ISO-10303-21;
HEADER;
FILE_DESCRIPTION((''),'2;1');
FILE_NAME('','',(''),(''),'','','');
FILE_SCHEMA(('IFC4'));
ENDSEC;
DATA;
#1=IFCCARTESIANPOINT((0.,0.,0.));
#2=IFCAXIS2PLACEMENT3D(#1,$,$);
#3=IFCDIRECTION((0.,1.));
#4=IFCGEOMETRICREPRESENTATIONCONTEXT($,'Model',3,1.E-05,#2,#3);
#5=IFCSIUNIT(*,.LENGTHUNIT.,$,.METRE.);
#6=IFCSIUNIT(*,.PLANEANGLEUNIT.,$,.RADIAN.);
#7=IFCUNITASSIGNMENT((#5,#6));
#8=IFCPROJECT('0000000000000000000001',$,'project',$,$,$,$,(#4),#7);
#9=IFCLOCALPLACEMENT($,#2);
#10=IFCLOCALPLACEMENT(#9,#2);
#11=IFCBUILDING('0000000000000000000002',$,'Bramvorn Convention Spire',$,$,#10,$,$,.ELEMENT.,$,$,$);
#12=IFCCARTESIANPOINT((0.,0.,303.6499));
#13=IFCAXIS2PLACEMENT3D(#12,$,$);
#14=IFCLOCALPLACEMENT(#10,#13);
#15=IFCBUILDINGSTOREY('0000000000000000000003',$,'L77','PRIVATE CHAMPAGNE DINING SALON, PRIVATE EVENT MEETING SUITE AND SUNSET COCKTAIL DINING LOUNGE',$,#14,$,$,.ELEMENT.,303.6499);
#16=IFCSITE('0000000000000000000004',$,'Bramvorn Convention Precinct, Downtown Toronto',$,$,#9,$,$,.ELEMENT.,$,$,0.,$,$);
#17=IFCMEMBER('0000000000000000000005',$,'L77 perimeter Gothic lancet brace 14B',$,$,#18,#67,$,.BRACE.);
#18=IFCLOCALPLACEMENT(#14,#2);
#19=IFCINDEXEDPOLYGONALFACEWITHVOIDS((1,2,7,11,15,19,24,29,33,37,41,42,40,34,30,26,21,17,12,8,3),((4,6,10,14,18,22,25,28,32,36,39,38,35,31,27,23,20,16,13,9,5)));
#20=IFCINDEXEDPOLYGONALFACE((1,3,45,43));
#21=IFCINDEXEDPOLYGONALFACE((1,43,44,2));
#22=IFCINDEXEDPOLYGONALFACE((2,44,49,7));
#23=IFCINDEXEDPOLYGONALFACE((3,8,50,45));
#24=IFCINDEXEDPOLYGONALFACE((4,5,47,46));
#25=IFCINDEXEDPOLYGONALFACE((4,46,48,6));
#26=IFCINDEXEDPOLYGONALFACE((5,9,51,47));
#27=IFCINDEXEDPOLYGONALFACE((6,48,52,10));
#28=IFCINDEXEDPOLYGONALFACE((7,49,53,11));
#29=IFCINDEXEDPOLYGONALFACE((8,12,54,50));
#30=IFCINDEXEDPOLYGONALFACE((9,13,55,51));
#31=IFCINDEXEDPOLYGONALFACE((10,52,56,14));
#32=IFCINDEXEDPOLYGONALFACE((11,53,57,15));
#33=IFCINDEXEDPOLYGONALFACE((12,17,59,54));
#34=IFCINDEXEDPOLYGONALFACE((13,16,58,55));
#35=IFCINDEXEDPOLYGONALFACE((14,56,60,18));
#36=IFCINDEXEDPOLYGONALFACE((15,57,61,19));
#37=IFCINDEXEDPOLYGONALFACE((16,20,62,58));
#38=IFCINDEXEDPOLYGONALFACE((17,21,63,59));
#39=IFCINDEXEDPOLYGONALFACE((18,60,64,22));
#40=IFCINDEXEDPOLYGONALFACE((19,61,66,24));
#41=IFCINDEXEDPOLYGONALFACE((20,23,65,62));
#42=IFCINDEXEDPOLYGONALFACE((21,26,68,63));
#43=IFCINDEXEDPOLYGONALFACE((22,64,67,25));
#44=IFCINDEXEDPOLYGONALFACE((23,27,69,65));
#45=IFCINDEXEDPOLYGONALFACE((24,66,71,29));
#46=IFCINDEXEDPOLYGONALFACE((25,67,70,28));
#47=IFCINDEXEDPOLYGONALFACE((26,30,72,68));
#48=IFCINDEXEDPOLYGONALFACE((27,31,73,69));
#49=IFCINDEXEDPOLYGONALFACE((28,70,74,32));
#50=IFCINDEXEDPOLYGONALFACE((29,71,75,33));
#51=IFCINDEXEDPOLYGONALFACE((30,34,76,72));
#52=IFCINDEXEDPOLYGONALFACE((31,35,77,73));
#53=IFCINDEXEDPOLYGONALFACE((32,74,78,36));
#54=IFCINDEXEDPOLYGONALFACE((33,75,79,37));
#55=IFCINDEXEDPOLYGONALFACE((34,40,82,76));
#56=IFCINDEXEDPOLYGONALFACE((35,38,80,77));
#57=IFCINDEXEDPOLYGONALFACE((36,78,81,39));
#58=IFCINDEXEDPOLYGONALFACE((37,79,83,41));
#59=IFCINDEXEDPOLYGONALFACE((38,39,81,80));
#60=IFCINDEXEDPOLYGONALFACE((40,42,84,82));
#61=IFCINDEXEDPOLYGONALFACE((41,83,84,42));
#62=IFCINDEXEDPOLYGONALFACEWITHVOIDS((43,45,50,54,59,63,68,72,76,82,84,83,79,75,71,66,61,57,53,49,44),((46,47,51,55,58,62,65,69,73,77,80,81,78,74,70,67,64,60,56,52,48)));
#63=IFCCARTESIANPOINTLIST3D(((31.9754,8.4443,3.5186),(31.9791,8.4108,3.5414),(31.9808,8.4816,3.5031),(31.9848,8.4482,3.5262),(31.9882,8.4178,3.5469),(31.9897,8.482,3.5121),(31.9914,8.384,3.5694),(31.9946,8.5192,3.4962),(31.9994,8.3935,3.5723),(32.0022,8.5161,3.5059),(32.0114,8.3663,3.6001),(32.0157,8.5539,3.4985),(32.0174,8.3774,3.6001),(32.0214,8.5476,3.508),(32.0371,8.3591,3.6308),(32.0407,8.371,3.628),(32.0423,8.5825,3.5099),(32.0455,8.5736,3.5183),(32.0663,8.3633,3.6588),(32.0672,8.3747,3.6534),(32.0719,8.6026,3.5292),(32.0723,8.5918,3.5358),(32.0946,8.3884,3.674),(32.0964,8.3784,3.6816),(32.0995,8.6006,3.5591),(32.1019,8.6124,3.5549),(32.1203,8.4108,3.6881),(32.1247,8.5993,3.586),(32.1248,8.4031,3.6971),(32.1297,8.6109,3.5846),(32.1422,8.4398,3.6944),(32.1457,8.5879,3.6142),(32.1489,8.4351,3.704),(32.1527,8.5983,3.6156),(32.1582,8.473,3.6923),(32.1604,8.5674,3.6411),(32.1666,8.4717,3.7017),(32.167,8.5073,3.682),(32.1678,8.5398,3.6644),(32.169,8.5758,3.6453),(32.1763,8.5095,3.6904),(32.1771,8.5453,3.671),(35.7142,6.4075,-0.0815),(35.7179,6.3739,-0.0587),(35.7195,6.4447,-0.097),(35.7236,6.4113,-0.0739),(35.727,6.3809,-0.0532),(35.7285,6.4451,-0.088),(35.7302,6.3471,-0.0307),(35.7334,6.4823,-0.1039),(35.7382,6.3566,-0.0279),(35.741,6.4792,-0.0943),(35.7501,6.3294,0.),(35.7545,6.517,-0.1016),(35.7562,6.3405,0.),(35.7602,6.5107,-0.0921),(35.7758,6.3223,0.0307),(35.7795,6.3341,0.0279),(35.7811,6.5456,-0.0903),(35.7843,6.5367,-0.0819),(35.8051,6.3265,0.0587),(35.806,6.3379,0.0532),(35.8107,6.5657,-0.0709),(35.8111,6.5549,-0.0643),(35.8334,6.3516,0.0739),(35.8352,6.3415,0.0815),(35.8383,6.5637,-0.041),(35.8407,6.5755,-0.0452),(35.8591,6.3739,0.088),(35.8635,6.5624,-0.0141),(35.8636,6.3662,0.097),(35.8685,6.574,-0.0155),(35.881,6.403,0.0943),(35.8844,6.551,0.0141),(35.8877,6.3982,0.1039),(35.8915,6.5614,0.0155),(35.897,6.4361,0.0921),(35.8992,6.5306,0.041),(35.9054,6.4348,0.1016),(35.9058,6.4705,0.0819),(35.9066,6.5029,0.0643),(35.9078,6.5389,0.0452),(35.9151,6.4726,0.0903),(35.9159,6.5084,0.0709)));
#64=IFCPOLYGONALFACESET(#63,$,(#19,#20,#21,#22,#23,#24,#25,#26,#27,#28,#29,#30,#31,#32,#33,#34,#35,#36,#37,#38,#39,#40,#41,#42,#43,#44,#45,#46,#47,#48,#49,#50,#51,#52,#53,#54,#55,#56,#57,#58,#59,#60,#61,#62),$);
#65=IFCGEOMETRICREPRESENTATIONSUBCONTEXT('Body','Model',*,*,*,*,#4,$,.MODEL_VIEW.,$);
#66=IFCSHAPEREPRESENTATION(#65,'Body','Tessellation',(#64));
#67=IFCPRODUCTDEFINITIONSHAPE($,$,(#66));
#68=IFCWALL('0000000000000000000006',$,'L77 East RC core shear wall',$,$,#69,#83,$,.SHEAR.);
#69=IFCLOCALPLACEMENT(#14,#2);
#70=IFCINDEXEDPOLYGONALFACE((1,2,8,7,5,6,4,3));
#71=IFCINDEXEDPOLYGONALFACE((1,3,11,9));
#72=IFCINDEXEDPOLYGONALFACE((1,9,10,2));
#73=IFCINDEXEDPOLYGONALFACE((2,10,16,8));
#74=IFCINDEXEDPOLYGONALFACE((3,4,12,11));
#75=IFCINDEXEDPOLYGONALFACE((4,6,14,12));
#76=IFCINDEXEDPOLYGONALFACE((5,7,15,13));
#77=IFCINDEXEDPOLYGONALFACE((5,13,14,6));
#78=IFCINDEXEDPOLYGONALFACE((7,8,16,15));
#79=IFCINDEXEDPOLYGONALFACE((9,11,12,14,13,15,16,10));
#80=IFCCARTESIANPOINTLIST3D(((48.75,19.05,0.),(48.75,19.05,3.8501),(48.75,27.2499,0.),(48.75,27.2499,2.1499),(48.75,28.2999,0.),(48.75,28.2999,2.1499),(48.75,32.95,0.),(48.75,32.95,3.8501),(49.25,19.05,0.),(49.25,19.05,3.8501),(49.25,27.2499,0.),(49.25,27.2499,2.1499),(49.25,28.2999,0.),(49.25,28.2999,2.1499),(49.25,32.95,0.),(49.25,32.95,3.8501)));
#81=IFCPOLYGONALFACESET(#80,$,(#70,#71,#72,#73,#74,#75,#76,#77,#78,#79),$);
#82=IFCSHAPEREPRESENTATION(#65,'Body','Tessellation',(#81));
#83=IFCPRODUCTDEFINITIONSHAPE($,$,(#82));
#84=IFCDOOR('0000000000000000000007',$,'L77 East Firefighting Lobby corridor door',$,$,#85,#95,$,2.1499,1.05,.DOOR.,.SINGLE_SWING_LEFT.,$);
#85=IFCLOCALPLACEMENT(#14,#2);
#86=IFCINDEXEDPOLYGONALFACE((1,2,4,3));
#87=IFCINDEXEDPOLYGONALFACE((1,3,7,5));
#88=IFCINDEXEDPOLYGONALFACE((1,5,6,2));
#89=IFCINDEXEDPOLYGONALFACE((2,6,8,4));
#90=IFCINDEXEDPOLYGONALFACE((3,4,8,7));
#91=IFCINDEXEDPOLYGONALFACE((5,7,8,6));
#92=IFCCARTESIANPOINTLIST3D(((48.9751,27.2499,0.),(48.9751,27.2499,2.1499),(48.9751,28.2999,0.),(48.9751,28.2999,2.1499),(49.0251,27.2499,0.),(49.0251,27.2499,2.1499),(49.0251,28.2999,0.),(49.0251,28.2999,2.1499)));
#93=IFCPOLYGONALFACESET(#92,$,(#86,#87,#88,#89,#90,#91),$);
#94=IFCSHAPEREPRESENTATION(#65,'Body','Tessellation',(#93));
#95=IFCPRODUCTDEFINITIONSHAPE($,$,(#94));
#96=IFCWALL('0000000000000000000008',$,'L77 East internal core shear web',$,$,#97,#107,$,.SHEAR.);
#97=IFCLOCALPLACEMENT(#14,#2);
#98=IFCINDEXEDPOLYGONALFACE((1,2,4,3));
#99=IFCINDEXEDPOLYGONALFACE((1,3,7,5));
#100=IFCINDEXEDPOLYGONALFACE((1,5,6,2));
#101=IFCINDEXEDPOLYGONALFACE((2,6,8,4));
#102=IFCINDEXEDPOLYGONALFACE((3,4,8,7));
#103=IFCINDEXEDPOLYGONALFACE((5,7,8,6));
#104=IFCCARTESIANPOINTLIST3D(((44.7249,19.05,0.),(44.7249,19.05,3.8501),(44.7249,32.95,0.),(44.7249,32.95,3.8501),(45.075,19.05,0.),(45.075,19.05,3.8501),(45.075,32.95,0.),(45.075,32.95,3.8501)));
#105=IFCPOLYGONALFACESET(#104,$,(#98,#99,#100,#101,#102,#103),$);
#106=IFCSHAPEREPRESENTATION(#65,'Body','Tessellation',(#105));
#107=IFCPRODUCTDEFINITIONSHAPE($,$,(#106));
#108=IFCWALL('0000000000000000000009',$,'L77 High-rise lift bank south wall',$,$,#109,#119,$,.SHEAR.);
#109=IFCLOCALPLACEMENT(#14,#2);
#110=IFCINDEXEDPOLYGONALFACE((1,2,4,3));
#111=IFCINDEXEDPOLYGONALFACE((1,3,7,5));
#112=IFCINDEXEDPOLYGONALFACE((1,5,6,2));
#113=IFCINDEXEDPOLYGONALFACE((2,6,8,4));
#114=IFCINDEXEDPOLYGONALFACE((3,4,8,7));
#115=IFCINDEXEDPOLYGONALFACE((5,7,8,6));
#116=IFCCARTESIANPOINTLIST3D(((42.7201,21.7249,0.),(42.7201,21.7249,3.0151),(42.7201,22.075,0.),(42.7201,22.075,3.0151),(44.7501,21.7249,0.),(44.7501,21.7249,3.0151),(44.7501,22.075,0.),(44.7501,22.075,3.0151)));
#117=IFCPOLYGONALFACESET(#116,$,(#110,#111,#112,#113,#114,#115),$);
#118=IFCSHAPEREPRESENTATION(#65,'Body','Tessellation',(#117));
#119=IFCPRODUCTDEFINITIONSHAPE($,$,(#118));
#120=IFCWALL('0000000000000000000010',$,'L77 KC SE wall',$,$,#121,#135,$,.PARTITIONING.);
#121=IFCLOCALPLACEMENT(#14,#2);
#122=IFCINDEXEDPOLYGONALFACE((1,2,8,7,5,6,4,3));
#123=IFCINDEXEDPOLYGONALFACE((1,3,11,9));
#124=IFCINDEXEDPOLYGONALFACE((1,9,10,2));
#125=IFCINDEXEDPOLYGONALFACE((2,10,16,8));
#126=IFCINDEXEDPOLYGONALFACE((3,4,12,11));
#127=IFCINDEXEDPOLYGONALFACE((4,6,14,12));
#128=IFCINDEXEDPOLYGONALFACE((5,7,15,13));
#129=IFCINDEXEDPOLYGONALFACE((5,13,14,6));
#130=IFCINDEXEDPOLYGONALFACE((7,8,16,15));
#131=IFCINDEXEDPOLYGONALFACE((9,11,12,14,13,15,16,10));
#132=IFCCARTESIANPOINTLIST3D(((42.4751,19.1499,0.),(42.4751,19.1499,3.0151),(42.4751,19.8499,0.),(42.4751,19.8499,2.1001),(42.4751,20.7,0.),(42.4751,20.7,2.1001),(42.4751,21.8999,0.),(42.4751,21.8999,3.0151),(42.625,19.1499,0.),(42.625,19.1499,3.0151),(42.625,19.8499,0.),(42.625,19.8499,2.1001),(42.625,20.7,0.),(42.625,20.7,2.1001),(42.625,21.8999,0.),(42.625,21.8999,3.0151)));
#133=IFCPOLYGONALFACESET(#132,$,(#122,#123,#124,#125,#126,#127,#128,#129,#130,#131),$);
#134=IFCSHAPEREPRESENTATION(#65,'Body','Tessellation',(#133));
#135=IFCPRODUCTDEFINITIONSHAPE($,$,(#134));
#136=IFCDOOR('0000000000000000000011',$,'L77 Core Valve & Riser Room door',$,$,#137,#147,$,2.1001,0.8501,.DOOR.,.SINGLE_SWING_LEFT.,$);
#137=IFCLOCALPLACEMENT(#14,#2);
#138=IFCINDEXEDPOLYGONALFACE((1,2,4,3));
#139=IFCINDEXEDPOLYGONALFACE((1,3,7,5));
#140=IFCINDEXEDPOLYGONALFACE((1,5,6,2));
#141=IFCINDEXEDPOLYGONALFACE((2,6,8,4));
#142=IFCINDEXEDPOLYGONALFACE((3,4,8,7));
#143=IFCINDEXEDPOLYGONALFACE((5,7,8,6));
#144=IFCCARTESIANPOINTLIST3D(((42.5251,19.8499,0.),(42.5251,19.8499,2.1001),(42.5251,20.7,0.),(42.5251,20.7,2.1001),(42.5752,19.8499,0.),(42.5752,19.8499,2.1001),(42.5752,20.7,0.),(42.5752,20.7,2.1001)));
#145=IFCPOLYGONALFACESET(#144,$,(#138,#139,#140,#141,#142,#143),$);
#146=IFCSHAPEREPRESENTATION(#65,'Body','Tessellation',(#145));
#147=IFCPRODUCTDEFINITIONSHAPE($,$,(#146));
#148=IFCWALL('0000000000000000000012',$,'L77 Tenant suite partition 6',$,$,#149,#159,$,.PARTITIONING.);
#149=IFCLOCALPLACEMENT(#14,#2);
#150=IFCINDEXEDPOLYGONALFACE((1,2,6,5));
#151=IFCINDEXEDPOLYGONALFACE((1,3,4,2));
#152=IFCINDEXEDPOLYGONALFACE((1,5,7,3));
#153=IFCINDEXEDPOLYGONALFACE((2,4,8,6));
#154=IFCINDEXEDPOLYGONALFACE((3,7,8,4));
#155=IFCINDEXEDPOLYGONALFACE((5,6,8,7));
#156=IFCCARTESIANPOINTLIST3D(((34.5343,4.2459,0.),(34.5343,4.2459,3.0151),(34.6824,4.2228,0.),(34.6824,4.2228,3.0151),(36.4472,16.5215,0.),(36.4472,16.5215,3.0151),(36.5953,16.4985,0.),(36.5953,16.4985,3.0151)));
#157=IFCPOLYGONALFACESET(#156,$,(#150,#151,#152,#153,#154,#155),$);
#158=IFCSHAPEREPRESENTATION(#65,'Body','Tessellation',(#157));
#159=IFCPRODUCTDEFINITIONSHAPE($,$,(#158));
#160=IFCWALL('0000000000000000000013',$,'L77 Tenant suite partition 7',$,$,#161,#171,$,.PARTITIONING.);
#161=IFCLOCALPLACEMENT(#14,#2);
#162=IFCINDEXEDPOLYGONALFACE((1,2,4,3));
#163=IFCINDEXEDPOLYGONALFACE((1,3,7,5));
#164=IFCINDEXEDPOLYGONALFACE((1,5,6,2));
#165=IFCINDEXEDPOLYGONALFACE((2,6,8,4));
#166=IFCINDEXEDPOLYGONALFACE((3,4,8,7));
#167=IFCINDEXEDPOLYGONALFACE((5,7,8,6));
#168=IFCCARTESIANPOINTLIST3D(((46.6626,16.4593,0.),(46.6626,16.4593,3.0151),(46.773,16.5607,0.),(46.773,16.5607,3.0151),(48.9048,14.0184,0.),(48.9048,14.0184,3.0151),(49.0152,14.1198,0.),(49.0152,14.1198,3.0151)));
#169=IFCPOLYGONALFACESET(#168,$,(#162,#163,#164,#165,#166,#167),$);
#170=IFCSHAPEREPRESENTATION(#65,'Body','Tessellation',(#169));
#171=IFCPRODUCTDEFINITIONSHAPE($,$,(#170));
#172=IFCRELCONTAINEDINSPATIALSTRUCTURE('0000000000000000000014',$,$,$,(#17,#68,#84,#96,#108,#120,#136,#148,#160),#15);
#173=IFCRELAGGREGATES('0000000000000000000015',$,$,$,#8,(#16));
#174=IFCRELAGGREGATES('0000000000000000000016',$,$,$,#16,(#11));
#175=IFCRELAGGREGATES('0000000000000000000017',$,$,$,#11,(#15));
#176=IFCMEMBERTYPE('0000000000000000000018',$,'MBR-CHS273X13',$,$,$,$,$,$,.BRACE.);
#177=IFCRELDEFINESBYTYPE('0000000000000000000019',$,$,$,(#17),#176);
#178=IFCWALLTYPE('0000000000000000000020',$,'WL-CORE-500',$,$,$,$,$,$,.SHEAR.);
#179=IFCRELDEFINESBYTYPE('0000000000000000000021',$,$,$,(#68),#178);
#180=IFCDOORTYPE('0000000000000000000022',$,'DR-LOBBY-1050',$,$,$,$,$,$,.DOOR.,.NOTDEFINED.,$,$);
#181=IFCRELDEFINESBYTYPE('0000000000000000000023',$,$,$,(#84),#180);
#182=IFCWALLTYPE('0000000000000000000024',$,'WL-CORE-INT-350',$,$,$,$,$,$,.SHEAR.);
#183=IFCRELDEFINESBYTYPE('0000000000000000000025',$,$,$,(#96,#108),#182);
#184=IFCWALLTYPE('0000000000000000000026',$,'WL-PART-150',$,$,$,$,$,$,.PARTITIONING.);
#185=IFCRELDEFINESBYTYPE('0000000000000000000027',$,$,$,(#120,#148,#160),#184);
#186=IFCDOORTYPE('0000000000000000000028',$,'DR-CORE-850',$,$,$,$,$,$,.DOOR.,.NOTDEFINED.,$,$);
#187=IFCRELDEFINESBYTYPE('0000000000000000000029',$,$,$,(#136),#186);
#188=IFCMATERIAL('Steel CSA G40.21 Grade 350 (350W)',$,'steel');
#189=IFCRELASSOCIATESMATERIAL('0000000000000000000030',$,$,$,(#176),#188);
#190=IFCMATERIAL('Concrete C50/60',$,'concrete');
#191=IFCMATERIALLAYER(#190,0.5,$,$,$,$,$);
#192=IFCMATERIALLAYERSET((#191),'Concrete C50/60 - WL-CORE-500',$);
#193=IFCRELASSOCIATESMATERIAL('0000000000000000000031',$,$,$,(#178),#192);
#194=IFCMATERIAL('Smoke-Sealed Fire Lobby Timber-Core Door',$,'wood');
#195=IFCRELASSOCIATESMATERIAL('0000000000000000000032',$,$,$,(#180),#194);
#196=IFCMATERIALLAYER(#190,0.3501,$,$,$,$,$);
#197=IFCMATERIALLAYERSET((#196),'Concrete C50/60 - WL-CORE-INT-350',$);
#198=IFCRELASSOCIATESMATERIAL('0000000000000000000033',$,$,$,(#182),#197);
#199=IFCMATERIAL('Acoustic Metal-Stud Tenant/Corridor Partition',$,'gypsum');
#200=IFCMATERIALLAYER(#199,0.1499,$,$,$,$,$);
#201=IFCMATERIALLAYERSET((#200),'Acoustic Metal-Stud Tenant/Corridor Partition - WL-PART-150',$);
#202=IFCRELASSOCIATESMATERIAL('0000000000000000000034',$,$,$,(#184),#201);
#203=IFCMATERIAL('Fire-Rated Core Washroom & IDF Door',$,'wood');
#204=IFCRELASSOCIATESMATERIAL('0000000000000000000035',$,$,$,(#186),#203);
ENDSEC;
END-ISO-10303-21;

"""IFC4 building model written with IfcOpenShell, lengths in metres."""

from ifc_helpers import new_model, si_unit, direction, frame, frame_2d, origin, origin_2d, place, context, subcontext, project, spatial, rectangle, hollow_circle, extrude, material, layer, layer_set, material_profile, profile_set, type_object, element, fill, save


model = new_model("IFC4")

# Units and contexts
model_context = context("Model", 3, precision=1e-05, world=origin(), true_north=direction((0.0, 1.0)))
body_context = subcontext(model_context, "Body", "Model", "MODEL_VIEW")
ifc_project = project(units=[si_unit("LENGTHUNIT", "METRE"), si_unit("PLANEANGLEUNIT", "RADIAN")], contexts=[model_context])

# Site, building, storey
site_placement = place(None, origin())
site = spatial("IfcSite", under=ifc_project, at=site_placement, Name="Bramvorn Convention Precinct, Downtown Toronto", CompositionType="ELEMENT", RefElevation=0.0)
building_placement = place(site_placement, origin())
building = spatial("IfcBuilding", under=site, at=building_placement, Name="Bramvorn Convention Spire", CompositionType="ELEMENT")
storey_placement = place(building_placement, frame((0.0, 0.0, 303.6499)))
storey = spatial("IfcBuildingStorey", under=building, at=storey_placement, Name="L77", Description="PRIVATE CHAMPAGNE DINING SALON, PRIVATE EVENT MEETING SUITE AND SUNSET COCKTAIL DINING LOUNGE", CompositionType="ELEMENT", Elevation=303.6499)

# Shared definitions
ifc_material_1 = material(Name="Steel CSA G40.21 Grade 350 (350W)", Category="steel")

# Member
ifc_material_profile_1 = material_profile(ifc_material_1, hollow_circle(Radius=0.1365, WallThickness=0.0127, at=origin_2d()))
ifc_profile_set_1 = profile_set([ifc_material_profile_1], Name="Steel CSA G40.21 Grade 350 (350W) - CHS273X13")
member_type = type_object("IfcMemberType", Name="MBR-CHS273X13", PredefinedType="BRACE", material=ifc_profile_set_1)
member_placement = place(storey_placement, frame((35.8154, 6.4492, 0.0), z_axis=(-0.670553, 0.365314, 0.645682), x_axis=(-0.478406, -0.878139, 0.0)))
element("IfcMember", 1, at=member_placement, inside=storey, type_object=member_type, Name="L77 perimeter Gothic lancet brace 14B", PredefinedType="BRACE", context=body_context, shape_type="SweptSolid", body=[
    extrude(hollow_circle(Radius=0.1365, WallThickness=0.0127, at=origin_2d()), origin(), (0.0, 0.0, 1.0), 5.5757),
])

# Wall, opening, door
ifc_material_2 = material(Name="Concrete C50/60", Category="concrete")
ifc_layer_1 = layer(ifc_material_2, 0.5)
ifc_layer_set_1 = layer_set([ifc_layer_1], Name="Concrete C50/60 - WL-CORE-500")
wall_type_1 = type_object("IfcWallType", Name="WL-CORE-500", PredefinedType="SHEAR", material=ifc_layer_set_1)
wall_1_placement = place(storey_placement, frame((49.0, 19.05, 0.0), z_axis=(0.0, 0.0, 1.0), x_axis=(0.0, 1.0, 0.0)))
wall_1 = element("IfcWall", 2, at=wall_1_placement, inside=storey, type_object=wall_type_1, Name="L77 East RC core shear wall", PredefinedType="SHEAR", context=body_context, shape_type="SweptSolid", body=[
    extrude(rectangle(XDim=13.8999, YDim=0.5, at=frame_2d((6.95, 0.0))), origin(), (0.0, 0.0, 1.0), 3.8501),
])
opening_1_placement = place(wall_1_placement, frame((8.2, 0.0, 0.0)))
opening_1 = element("IfcOpeningElement", 3, at=opening_1_placement, cuts=wall_1, PredefinedType="OPENING", context=body_context, shape_type="SweptSolid", body=[
    extrude(rectangle(XDim=1.05, YDim=2.1499, at=frame_2d((0.5249, 1.075))), frame((0.0, 0.26, 0.0), z_axis=(0.0, -1.0, 0.0), x_axis=(1.0, 0.0, 0.0)), (0.0, 0.0, 1.0), 0.52),
])
ifc_material_3 = material(Name="Smoke-Sealed Fire Lobby Timber-Core Door", Category="wood")
door_type_1 = type_object("IfcDoorType", Name="DR-LOBBY-1050", OperationType="NOTDEFINED", PredefinedType="DOOR", material=ifc_material_3)
door_1_placement = place(opening_1_placement, origin())
door_1 = element("IfcDoor", 4, at=door_1_placement, inside=storey, type_object=door_type_1, Name="L77 East Firefighting Lobby corridor door", OperationType="SINGLE_SWING_LEFT", OverallHeight=2.1499, OverallWidth=1.05, PredefinedType="DOOR", context=body_context, shape_type="SweptSolid", body=[
    extrude(rectangle(XDim=1.05, YDim=2.1499, at=frame_2d((0.5249, 1.075))), frame((0.0, 0.0249, 0.0), z_axis=(0.0, -1.0, 0.0), x_axis=(1.0, 0.0, 0.0)), (0.0, 0.0, 1.0), 0.05),
])
fill(opening_1, door_1)

# Wall
ifc_layer_2 = layer(ifc_material_2, 0.3501)
ifc_layer_set_2 = layer_set([ifc_layer_2], Name="Concrete C50/60 - WL-CORE-INT-350")
wall_type_2 = type_object("IfcWallType", Name="WL-CORE-INT-350", PredefinedType="SHEAR", material=ifc_layer_set_2)
wall_2_placement = place(storey_placement, frame((44.8999, 19.05, 0.0), z_axis=(0.0, 0.0, 1.0), x_axis=(0.0, 1.0, 0.0)))
element("IfcWall", 5, at=wall_2_placement, inside=storey, type_object=wall_type_2, Name="L77 East internal core shear web", PredefinedType="SHEAR", context=body_context, shape_type="SweptSolid", body=[
    extrude(rectangle(XDim=13.8999, YDim=0.3501, at=frame_2d((6.95, 0.0))), origin(), (0.0, 0.0, 1.0), 3.8501),
])

# Wall
wall_3_placement = place(storey_placement, frame((42.72, 21.8999, 0.0), z_axis=(0.0, 0.0, 1.0), x_axis=(1.0, 0.0, 0.0)))
element("IfcWall", 6, at=wall_3_placement, inside=storey, type_object=wall_type_2, Name="L77 High-rise lift bank south wall", PredefinedType="SHEAR", context=body_context, shape_type="SweptSolid", body=[
    extrude(rectangle(XDim=2.03, YDim=0.3501, at=frame_2d((1.0151, 0.0))), origin(), (0.0, 0.0, 1.0), 3.0151),
])

# Wall, opening, door
ifc_material_4 = material(Name="Acoustic Metal-Stud Tenant/Corridor Partition", Category="gypsum")
ifc_layer_3 = layer(ifc_material_4, 0.1499)
ifc_layer_set_3 = layer_set([ifc_layer_3], Name="Acoustic Metal-Stud Tenant/Corridor Partition - WL-PART-150")
wall_type_3 = type_object("IfcWallType", Name="WL-PART-150", PredefinedType="PARTITIONING", material=ifc_layer_set_3)
wall_4_placement = place(storey_placement, frame((42.55, 19.1499, 0.0), z_axis=(0.0, 0.0, 1.0), x_axis=(0.0, 1.0, 0.0)))
wall_4 = element("IfcWall", 7, at=wall_4_placement, inside=storey, type_object=wall_type_3, Name="L77 KC SE wall", PredefinedType="PARTITIONING", context=body_context, shape_type="SweptSolid", body=[
    extrude(rectangle(XDim=2.75, YDim=0.1499, at=frame_2d((1.375, 0.0))), origin(), (0.0, 0.0, 1.0), 3.0151),
])
opening_2_placement = place(wall_4_placement, frame((0.7, 0.0, 0.0)))
opening_2 = element("IfcOpeningElement", 8, at=opening_2_placement, cuts=wall_4, PredefinedType="OPENING", context=body_context, shape_type="SweptSolid", body=[
    extrude(rectangle(XDim=0.8501, YDim=2.1001, at=frame_2d((0.425, 1.05))), frame((0.0, 0.085, 0.0), z_axis=(0.0, -1.0, 0.0), x_axis=(1.0, 0.0, 0.0)), (0.0, 0.0, 1.0), 0.1699),
])
ifc_material_5 = material(Name="Fire-Rated Core Washroom & IDF Door", Category="wood")
door_type_2 = type_object("IfcDoorType", Name="DR-CORE-850", OperationType="NOTDEFINED", PredefinedType="DOOR", material=ifc_material_5)
door_2_placement = place(opening_2_placement, origin())
door_2 = element("IfcDoor", 9, at=door_2_placement, inside=storey, type_object=door_type_2, Name="L77 Core Valve & Riser Room door", OperationType="SINGLE_SWING_LEFT", OverallHeight=2.1001, OverallWidth=0.8501, PredefinedType="DOOR", context=body_context, shape_type="SweptSolid", body=[
    extrude(rectangle(XDim=0.8501, YDim=2.1001, at=frame_2d((0.425, 1.05))), frame((0.0, 0.0249, 0.0), z_axis=(0.0, -1.0, 0.0), x_axis=(1.0, 0.0, 0.0)), (0.0, 0.0, 1.0), 0.05),
])
fill(opening_2, door_2)

# Walls
wall_5_placement = place(storey_placement, frame((36.5212, 16.51, 0.0), z_axis=(0.0, 0.0, 1.0), x_axis=(-0.153966, -0.988076, 0.0)))
element("IfcWall", 10, at=wall_5_placement, inside=storey, type_object=wall_type_3, Name="L77 Tenant suite partition 6", PredefinedType="PARTITIONING", context=body_context, shape_type="SweptSolid", body=[
    extrude(rectangle(XDim=12.4238, YDim=0.1499, at=frame_2d((6.2119, 0.0))), origin(), (0.0, 0.0, 1.0), 3.0151),
])
wall_6_placement = place(storey_placement, frame((46.7178, 16.51, 0.0), z_axis=(0.0, 0.0, 1.0), x_axis=(0.676491, -0.73645, 0.0)))
element("IfcWall", 11, at=wall_6_placement, inside=storey, type_object=wall_type_3, Name="L77 Tenant suite partition 7", PredefinedType="PARTITIONING", context=body_context, shape_type="SweptSolid", body=[
    extrude(rectangle(XDim=3.3145, YDim=0.1499, at=frame_2d((1.6572, 0.0))), origin(), (0.0, 0.0, 1.0), 3.0151),
])

save(model, "model.ifc")
